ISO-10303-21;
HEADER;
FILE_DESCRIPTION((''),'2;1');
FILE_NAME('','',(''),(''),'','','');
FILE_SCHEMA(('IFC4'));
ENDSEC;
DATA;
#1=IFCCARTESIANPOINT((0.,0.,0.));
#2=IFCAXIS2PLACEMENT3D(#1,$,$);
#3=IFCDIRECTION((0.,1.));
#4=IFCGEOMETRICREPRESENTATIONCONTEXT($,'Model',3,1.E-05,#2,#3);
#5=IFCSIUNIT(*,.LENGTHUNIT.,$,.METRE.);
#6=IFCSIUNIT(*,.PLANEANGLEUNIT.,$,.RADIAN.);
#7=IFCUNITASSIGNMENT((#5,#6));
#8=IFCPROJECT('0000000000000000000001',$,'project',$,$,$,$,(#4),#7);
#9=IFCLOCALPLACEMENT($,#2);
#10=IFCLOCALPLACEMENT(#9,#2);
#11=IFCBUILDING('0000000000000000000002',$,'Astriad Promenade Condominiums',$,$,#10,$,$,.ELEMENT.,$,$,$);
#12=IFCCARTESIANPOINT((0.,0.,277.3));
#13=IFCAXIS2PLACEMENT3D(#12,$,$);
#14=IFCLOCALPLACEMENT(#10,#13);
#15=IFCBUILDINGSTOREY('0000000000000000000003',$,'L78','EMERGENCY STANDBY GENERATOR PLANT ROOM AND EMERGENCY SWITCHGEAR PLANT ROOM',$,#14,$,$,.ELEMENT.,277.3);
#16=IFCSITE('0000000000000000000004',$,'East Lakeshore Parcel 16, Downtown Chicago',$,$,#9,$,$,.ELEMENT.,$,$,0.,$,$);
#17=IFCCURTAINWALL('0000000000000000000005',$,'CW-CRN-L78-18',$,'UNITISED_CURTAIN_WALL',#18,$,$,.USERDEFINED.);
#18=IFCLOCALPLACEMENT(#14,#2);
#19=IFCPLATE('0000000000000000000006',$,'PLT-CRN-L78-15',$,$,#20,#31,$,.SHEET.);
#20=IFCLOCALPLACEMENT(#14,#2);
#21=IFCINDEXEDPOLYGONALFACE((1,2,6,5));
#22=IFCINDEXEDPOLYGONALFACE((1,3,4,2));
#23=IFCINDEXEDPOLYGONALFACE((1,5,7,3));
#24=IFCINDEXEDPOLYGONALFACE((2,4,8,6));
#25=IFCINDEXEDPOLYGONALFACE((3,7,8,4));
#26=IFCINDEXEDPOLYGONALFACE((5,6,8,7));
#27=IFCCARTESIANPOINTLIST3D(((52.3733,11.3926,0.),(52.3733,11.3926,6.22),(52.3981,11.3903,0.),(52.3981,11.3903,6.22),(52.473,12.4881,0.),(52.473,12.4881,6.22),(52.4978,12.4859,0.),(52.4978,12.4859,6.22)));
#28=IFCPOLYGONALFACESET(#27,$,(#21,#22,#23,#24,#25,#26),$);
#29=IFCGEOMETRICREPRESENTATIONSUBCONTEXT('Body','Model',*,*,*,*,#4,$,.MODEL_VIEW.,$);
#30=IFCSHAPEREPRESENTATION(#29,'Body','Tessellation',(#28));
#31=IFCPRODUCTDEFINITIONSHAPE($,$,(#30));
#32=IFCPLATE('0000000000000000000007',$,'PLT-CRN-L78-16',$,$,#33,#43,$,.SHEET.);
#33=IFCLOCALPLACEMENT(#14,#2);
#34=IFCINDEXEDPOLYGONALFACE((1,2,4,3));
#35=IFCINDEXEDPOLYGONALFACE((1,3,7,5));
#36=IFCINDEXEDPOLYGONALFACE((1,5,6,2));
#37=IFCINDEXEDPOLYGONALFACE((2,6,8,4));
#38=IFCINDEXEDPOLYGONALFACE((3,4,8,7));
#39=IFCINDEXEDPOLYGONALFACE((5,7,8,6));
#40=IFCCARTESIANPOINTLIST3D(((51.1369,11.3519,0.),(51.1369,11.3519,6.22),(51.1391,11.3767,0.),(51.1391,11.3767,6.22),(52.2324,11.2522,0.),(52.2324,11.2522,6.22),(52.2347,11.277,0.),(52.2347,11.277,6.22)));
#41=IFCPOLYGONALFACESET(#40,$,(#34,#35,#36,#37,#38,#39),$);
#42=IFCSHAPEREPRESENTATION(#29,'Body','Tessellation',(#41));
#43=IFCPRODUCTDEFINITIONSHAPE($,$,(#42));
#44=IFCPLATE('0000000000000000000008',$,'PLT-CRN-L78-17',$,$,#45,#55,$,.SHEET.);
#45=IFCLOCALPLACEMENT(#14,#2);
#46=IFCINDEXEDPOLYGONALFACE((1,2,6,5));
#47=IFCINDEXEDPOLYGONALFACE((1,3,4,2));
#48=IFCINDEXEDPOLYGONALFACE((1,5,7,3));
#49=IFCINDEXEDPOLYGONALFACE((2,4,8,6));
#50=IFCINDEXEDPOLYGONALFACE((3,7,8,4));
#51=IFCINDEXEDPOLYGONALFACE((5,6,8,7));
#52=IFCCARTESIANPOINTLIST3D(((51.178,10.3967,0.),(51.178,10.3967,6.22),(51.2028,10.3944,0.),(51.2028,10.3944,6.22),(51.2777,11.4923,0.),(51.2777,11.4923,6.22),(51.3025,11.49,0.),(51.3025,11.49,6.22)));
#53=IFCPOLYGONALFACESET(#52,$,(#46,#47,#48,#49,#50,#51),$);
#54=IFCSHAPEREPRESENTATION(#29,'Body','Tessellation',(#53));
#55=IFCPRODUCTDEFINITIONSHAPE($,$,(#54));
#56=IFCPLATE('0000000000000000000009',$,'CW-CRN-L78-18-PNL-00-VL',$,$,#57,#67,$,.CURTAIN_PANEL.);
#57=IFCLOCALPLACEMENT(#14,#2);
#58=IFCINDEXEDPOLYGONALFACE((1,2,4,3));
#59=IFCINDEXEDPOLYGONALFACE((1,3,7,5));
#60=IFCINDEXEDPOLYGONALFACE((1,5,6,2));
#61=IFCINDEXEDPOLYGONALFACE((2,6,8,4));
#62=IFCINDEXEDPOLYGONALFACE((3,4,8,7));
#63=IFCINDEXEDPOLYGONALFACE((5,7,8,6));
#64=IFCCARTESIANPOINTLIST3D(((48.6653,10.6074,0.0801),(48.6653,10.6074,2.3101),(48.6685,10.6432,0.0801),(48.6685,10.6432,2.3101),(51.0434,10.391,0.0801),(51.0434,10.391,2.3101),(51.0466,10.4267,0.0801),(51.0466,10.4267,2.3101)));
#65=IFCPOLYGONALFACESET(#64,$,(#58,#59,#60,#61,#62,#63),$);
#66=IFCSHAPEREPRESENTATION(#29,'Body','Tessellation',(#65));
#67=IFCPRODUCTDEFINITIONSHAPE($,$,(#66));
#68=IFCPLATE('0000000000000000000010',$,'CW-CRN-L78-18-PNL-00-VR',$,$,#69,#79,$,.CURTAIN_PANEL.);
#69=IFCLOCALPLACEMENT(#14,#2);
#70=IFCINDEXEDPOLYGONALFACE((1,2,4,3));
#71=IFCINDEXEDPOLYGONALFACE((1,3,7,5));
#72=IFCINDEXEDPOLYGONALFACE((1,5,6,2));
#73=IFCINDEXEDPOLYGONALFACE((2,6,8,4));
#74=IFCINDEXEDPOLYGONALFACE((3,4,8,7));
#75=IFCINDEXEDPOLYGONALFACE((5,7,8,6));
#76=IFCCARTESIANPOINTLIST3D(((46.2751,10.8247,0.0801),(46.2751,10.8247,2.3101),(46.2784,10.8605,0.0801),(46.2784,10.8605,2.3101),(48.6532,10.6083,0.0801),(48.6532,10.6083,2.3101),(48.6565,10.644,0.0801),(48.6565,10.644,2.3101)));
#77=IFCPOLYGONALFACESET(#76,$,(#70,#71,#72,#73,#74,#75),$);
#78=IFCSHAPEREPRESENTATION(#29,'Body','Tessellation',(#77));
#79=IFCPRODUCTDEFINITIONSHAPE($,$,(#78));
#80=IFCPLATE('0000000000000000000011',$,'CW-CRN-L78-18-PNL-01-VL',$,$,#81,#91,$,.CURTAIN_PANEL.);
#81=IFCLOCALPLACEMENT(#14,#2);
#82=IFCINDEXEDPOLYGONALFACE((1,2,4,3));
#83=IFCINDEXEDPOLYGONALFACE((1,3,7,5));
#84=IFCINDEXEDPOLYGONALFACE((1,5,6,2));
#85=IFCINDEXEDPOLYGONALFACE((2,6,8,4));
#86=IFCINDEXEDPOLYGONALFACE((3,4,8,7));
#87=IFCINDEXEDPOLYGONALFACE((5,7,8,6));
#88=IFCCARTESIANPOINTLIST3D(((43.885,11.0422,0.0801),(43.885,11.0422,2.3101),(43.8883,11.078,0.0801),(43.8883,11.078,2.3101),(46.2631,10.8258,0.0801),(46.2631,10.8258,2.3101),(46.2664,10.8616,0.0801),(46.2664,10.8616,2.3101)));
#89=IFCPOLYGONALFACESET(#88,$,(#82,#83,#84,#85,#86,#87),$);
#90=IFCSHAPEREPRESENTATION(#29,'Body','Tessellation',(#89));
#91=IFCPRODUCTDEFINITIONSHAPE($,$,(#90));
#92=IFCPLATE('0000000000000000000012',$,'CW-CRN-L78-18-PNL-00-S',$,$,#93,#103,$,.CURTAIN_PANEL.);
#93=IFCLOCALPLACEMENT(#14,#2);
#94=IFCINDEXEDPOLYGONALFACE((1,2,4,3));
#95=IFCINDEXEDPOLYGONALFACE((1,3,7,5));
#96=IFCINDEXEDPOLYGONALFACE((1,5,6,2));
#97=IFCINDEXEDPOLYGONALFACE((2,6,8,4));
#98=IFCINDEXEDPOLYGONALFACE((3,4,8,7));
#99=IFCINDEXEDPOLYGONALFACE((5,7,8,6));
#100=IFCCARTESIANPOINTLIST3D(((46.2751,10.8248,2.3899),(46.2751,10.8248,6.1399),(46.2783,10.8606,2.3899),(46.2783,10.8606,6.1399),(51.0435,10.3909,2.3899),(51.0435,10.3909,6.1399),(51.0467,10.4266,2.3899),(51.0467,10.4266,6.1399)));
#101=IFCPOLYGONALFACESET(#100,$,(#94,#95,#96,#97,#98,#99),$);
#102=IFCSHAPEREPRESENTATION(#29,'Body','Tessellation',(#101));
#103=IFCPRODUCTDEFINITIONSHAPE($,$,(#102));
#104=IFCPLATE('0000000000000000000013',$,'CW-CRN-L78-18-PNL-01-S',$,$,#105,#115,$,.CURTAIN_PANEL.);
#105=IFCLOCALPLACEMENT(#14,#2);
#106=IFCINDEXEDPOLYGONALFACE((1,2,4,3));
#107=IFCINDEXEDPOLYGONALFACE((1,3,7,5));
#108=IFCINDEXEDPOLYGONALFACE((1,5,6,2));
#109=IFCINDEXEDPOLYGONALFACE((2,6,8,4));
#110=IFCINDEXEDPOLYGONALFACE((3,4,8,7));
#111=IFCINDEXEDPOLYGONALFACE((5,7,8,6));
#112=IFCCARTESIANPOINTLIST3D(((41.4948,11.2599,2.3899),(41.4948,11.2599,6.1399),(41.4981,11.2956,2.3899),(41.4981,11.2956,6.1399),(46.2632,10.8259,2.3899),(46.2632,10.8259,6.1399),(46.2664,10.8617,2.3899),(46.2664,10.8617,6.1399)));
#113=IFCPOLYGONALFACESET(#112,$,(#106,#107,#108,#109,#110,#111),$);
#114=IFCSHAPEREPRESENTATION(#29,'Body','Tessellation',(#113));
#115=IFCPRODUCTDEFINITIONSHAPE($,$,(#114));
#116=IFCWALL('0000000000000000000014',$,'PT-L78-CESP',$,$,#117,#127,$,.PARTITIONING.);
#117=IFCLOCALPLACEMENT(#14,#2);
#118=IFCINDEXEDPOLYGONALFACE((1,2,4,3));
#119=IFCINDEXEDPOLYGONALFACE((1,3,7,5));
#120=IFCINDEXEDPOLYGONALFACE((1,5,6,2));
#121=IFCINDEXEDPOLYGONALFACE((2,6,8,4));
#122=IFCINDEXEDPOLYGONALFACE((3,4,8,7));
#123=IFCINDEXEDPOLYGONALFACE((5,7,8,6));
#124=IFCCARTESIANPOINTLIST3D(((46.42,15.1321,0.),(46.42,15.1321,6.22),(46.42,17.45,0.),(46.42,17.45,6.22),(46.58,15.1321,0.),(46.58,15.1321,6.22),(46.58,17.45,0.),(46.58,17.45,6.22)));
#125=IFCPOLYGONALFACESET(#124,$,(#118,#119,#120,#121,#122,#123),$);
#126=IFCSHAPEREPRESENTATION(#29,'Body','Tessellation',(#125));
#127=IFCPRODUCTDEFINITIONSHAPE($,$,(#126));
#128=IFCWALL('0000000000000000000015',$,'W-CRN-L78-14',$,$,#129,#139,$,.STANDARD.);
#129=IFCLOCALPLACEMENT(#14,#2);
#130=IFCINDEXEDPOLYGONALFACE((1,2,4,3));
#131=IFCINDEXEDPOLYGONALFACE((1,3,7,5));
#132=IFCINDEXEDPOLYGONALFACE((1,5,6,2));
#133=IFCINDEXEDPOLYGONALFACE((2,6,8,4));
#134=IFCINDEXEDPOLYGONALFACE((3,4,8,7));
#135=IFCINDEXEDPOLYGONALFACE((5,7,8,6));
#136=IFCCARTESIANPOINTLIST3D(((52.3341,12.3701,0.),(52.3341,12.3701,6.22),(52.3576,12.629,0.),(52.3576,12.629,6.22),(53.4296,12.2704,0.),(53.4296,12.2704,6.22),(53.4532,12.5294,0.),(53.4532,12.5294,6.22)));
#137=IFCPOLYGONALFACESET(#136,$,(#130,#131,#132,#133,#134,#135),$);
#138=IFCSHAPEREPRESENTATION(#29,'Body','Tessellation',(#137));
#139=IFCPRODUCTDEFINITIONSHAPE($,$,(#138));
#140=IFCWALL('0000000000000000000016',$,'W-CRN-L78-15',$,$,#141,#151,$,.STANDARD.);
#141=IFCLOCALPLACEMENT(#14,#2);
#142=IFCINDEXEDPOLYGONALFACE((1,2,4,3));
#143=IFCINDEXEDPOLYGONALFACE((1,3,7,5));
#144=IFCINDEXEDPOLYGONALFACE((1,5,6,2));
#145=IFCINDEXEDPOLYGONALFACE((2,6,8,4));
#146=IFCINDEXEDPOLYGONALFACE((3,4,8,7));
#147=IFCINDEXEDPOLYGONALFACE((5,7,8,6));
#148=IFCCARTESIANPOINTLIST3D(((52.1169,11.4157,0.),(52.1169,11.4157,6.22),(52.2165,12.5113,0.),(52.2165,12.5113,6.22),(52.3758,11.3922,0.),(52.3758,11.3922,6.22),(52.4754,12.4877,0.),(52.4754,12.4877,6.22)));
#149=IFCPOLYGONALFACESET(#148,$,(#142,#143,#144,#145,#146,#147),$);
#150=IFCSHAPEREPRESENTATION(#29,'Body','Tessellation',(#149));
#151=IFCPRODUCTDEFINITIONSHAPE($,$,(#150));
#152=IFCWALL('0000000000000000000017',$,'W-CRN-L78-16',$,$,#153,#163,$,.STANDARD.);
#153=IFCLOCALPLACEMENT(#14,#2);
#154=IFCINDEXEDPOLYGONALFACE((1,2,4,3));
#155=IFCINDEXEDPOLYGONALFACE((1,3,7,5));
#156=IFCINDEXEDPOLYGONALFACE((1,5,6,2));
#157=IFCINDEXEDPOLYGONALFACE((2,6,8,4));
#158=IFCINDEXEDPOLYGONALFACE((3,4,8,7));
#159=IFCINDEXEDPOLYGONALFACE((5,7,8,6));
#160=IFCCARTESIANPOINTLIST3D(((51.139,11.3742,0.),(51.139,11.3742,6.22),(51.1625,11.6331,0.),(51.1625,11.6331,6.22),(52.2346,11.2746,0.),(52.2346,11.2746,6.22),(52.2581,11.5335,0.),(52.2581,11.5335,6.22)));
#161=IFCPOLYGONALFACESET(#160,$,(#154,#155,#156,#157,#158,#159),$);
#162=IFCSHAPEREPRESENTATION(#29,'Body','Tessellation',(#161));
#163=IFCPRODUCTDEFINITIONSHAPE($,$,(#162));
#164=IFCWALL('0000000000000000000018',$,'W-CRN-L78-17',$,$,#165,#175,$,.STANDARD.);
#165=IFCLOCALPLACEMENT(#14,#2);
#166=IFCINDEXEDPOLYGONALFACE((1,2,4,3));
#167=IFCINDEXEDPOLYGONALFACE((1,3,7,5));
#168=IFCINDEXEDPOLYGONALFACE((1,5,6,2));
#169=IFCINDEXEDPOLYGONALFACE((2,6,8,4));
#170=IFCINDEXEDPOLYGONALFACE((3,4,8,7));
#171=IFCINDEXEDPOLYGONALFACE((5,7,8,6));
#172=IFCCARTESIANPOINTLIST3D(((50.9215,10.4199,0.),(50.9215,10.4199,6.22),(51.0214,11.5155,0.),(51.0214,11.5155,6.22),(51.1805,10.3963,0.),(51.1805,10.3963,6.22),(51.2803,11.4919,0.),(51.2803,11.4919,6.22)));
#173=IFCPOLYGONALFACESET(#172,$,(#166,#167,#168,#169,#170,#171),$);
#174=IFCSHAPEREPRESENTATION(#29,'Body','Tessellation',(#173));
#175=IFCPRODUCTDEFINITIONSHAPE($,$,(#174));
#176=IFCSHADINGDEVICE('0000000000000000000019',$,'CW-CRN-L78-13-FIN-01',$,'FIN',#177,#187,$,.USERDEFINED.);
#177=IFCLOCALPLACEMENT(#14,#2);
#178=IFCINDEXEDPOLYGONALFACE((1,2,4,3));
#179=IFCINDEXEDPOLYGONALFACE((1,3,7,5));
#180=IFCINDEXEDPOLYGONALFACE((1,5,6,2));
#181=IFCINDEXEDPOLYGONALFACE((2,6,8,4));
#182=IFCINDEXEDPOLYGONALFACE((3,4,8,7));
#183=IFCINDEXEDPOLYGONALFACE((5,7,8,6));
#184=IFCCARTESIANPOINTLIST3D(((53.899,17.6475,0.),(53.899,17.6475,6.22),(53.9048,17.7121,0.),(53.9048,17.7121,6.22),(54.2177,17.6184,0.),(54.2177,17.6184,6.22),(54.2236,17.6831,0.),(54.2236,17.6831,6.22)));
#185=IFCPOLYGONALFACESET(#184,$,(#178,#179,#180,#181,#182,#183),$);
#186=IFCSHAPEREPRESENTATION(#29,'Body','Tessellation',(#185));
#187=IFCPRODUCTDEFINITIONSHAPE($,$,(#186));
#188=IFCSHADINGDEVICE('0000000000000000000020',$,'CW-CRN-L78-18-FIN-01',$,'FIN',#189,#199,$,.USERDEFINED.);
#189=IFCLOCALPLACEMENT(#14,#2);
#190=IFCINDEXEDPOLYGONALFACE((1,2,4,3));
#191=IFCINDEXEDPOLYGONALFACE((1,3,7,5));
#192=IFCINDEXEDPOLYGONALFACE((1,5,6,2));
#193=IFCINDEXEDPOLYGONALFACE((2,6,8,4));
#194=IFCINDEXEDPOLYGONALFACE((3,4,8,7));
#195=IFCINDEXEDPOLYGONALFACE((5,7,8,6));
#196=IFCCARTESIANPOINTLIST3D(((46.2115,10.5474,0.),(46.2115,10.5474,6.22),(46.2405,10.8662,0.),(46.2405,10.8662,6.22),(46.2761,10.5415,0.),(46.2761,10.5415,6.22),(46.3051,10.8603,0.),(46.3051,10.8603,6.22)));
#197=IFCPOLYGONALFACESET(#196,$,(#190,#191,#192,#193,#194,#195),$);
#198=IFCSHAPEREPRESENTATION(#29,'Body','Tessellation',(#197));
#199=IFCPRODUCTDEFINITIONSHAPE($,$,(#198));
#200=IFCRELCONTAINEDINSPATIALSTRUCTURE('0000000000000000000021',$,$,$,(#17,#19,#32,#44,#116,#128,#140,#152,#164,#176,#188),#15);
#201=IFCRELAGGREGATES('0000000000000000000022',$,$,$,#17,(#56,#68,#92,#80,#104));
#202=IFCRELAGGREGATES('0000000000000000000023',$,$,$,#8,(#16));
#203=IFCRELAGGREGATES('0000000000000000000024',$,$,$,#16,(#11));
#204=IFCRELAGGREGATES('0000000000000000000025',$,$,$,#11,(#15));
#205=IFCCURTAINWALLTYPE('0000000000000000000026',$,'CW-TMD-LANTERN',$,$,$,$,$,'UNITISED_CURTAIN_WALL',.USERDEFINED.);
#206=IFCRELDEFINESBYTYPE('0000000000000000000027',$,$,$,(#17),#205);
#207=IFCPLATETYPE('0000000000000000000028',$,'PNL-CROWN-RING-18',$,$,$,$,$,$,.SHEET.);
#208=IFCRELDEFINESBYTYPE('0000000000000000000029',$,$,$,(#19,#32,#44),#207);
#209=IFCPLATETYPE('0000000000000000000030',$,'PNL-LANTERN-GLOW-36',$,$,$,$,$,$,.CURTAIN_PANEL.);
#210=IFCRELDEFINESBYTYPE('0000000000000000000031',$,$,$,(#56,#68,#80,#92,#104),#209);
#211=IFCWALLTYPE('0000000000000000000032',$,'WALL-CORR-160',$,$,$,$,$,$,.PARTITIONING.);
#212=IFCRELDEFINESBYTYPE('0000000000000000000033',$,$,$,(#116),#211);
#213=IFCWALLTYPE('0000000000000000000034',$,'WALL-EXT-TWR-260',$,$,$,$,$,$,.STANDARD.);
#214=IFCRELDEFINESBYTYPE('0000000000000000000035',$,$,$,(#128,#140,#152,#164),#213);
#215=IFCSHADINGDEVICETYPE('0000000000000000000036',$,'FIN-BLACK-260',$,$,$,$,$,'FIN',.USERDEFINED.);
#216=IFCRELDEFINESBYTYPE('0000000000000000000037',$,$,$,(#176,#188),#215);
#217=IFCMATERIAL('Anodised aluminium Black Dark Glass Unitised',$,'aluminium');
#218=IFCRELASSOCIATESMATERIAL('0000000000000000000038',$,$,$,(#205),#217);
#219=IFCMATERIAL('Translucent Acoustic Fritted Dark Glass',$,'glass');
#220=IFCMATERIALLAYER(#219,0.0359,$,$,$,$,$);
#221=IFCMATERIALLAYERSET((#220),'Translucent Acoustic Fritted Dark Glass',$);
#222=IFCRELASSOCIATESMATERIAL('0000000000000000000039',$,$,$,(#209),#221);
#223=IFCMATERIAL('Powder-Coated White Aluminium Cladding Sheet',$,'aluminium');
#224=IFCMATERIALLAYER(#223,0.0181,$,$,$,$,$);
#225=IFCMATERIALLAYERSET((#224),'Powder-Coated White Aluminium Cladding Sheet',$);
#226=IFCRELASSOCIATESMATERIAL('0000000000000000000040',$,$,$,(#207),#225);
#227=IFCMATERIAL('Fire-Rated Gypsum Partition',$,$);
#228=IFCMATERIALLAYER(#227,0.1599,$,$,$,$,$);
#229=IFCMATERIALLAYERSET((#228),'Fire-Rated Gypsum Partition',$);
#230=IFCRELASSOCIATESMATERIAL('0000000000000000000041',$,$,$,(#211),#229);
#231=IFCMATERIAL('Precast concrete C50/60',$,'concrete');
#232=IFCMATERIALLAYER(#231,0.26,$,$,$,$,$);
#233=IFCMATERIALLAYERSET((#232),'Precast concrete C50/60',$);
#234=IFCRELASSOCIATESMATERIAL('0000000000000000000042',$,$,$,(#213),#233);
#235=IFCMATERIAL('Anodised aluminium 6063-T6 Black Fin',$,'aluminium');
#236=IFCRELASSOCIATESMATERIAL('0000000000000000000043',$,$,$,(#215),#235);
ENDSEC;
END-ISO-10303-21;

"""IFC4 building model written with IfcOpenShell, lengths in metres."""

from ifc_helpers import new_model, si_unit, direction, frame, frame_2d, origin, origin_2d, place, context, subcontext, project, spatial, rectangle, extrude, source, transform, mapped, material, layer, layer_set, type_object, type_shapes, element, aggregate, save


model = new_model("IFC4")

# Units and contexts
model_context = context("Model", 3, precision=1e-05, world=origin(), true_north=direction((0.0, 1.0)))
body_context = subcontext(model_context, "Body", "Model", "MODEL_VIEW")
ifc_project = project(units=[si_unit("LENGTHUNIT", "METRE"), si_unit("PLANEANGLEUNIT", "RADIAN")], contexts=[model_context])

# Site, building, storey
site_placement = place(None, origin())
site = spatial("IfcSite", under=ifc_project, at=site_placement, Name="East Lakeshore Parcel 16, Downtown Chicago", CompositionType="ELEMENT", RefElevation=0.0)
building_placement = place(site_placement, origin())
building = spatial("IfcBuilding", under=site, at=building_placement, Name="Astriad Promenade Condominiums", CompositionType="ELEMENT")
storey_placement = place(building_placement, frame((0.0, 0.0, 277.3)))
storey = spatial("IfcBuildingStorey", under=building, at=storey_placement, Name="L78", Description="EMERGENCY STANDBY GENERATOR PLANT ROOM AND EMERGENCY SWITCHGEAR PLANT ROOM", CompositionType="ELEMENT", Elevation=277.3)

# Curtain wall
ifc_material_1 = material(Name="Anodised aluminium Black Dark Glass Unitised", Category="aluminium")
curtain_wall_type = type_object("IfcCurtainWallType", Name="CW-TMD-LANTERN", ElementType="UNITISED_CURTAIN_WALL", PredefinedType="USERDEFINED", material=ifc_material_1)
curtain_wall_1_placement = place(storey_placement, origin())
curtain_wall_1 = element("IfcCurtainWall", 1, at=curtain_wall_1_placement, inside=storey, type_object=curtain_wall_type, Name="CW-CRN-L78-18", ObjectType="UNITISED_CURTAIN_WALL", PredefinedType="USERDEFINED")

# Shared definitions
ifc_material_2 = material(Name="Translucent Acoustic Fritted Dark Glass", Category="glass")
ifc_layer_1 = layer(ifc_material_2, 0.0359)
ifc_layer_set_1 = layer_set([ifc_layer_1], Name="Translucent Acoustic Fritted Dark Glass")
plate_type_1 = type_object("IfcPlateType", Name="PNL-LANTERN-GLOW-36", PredefinedType="CURTAIN_PANEL", material=ifc_layer_set_1)

# Plates
ifc_material_3 = material(Name="Powder-Coated White Aluminium Cladding Sheet", Category="aluminium")
ifc_layer_2 = layer(ifc_material_3, 0.0181)
ifc_layer_set_2 = layer_set([ifc_layer_2], Name="Powder-Coated White Aluminium Cladding Sheet")
plate_type_2 = type_object("IfcPlateType", Name="PNL-CROWN-RING-18", PredefinedType="SHEET", material=ifc_layer_set_2)
shared_shape_1 = source(origin(), body_context, "Body", "SweptSolid", [
    extrude(rectangle(XDim=1.1001, YDim=0.0249, at=origin_2d()), origin(), (0.0, 0.0, 1.0), 6.22),
])
type_shapes(plate_type_2, [shared_shape_1])
for number, where, z_axis, x_axis, name in (
    (2, (52.4355, 11.9392, 0.0), (0.0, 0.0, 1.0), (-0.090633, -0.995884, 0.0), "PLT-CRN-L78-15"),
    (3, (51.6858, 11.3145, 0.0), (0.0, 0.0, 1.0), (-0.995884, 0.090633, 0.0), "PLT-CRN-L78-16"),
    (4, (51.2402, 10.9434, 0.0), (0.0, 0.0, 1.0), (-0.090633, -0.995884, 0.0), "PLT-CRN-L78-17"),
):
    element("IfcPlate", number, at=place(storey_placement, frame(where, z_axis=z_axis, x_axis=x_axis)), inside=storey, type_object=plate_type_2, Name=name, PredefinedType="SHEET", context=body_context, shape_type="MappedRepresentation", body=[
        mapped(shared_shape_1, transform((0.0, 0.0, 0.0), scale=1.0)),
    ])

# Plates
shared_shape_2 = source(origin(), body_context, "Body", "SweptSolid", [
    extrude(rectangle(XDim=2.3879, YDim=0.0359, at=origin_2d()), origin(), (0.0, 0.0, 1.0), 2.23),
])
plate_1_placement = place(storey_placement, frame((49.856, 10.5171, 0.0801), z_axis=(0.0, 0.0, 1.0), x_axis=(-0.995884, 0.090633, 0.0)))
plate_1 = element("IfcPlate", 5, at=plate_1_placement, type_object=plate_type_1, Name="CW-CRN-L78-18-PNL-00-VL", PredefinedType="CURTAIN_PANEL", context=body_context, shape_type="MappedRepresentation", body=[
    mapped(shared_shape_2, transform((0.0, 0.0, 0.0), scale=1.0)),
])
plate_2_placement = place(storey_placement, frame((47.4658, 10.7344, 0.0801), z_axis=(0.0, 0.0, 1.0), x_axis=(-0.995884, 0.090633, 0.0)))
plate_2 = element("IfcPlate", 6, at=plate_2_placement, type_object=plate_type_1, Name="CW-CRN-L78-18-PNL-00-VR", PredefinedType="CURTAIN_PANEL", context=body_context, shape_type="MappedRepresentation", body=[
    mapped(shared_shape_2, transform((0.0, 0.0, 0.0), scale=1.0)),
])
plate_3_placement = place(storey_placement, frame((45.0757, 10.9519, 0.0801), z_axis=(0.0, 0.0, 1.0), x_axis=(-0.995884, 0.090633, 0.0)))
plate_3 = element("IfcPlate", 7, at=plate_3_placement, type_object=plate_type_1, Name="CW-CRN-L78-18-PNL-01-VL", PredefinedType="CURTAIN_PANEL", context=body_context, shape_type="MappedRepresentation", body=[
    mapped(shared_shape_2, transform((0.0, 0.0, 0.0), scale=1.0)),
])
shared_shape_3 = source(origin(), body_context, "Body", "SweptSolid", [
    extrude(rectangle(XDim=4.7881, YDim=0.0359, at=origin_2d()), origin(), (0.0, 0.0, 1.0), 3.75),
])
plate_4_placement = place(storey_placement, frame((48.6609, 10.6257, 2.3899), z_axis=(0.0, 0.0, 1.0), x_axis=(-0.995884, 0.090633, 0.0)))
plate_4 = element("IfcPlate", 8, at=plate_4_placement, type_object=plate_type_1, Name="CW-CRN-L78-18-PNL-00-S", PredefinedType="CURTAIN_PANEL", context=body_context, shape_type="MappedRepresentation", body=[
    mapped(shared_shape_3, transform((0.0, 0.0, 0.0), scale=1.0)),
])
plate_5_placement = place(storey_placement, frame((43.8806, 11.0608, 2.3899), z_axis=(0.0, 0.0, 1.0), x_axis=(-0.995884, 0.090633, 0.0)))
plate_5 = element("IfcPlate", 9, at=plate_5_placement, type_object=plate_type_1, Name="CW-CRN-L78-18-PNL-01-S", PredefinedType="CURTAIN_PANEL", context=body_context, shape_type="MappedRepresentation", body=[
    mapped(shared_shape_3, transform((0.0, 0.0, 0.0), scale=1.0)),
])
aggregate(curtain_wall_1, [plate_1, plate_2, plate_4, plate_3, plate_5])

# Walls
ifc_material_4 = material(Name="Fire-Rated Gypsum Partition")
ifc_layer_3 = layer(ifc_material_4, 0.1599)
ifc_layer_set_3 = layer_set([ifc_layer_3], Name="Fire-Rated Gypsum Partition")
wall_type_1 = type_object("IfcWallType", Name="WALL-CORR-160", PredefinedType="PARTITIONING", material=ifc_layer_set_3)
wall_placement = place(storey_placement, frame((46.5, 15.1321, 0.0), z_axis=(0.0, 0.0, 1.0), x_axis=(0.0, 1.0, 0.0)))
element("IfcWall", 10, at=wall_placement, inside=storey, type_object=wall_type_1, Name="PT-L78-CESP", PredefinedType="PARTITIONING", context=body_context, shape_type="SweptSolid", body=[
    extrude(rectangle(XDim=2.3179, YDim=0.1599, at=frame_2d((1.1589, 0.0))), origin(), (0.0, 0.0, 1.0), 6.22),
])
ifc_material_5 = material(Name="Precast concrete C50/60", Category="concrete")
ifc_layer_4 = layer(ifc_material_5, 0.26)
ifc_layer_set_4 = layer_set([ifc_layer_4], Name="Precast concrete C50/60")
wall_type_2 = type_object("IfcWallType", Name="WALL-EXT-TWR-260", PredefinedType="STANDARD", material=ifc_layer_set_4)
for number, where, z_axis, x_axis, name in (
    (11, (53.4414, 12.3999, 0.0), (0.0, 0.0, 1.0), (-0.995891, 0.090556, 0.0), "W-CRN-L78-14"),
    (12, (52.3459, 12.4995, 0.0), (0.0, 0.0, 1.0), (-0.090556, -0.995891, 0.0), "W-CRN-L78-15"),
    (13, (52.2463, 11.4041, 0.0), (0.0, 0.0, 1.0), (-0.995891, 0.090556, 0.0), "W-CRN-L78-16"),
    (14, (51.1509, 11.5037, 0.0), (0.0, 0.0, 1.0), (-0.090776, -0.995871, 0.0), "W-CRN-L78-17"),
):
    element("IfcWall", number, at=place(storey_placement, frame(where, z_axis=z_axis, x_axis=x_axis)), inside=storey, type_object=wall_type_2, Name=name, PredefinedType="STANDARD", context=body_context, shape_type="SweptSolid", body=[
        extrude(rectangle(XDim=1.1001, YDim=0.26, at=frame_2d((0.55, 0.0))), origin(), (0.0, 0.0, 1.0), 6.22),
    ])

# Shading devices
ifc_material_6 = material(Name="Anodised aluminium 6063-T6 Black Fin", Category="aluminium")
shading_device_type_1 = type_object("IfcShadingDeviceType", Name="FIN-BLACK-260", ElementType="FIN", PredefinedType="USERDEFINED", material=ifc_material_6)
shared_shape_4 = source(origin(), body_context, "Body", "SweptSolid", [
    extrude(rectangle(XDim=0.0649, YDim=0.3201, at=origin_2d()), origin(), (0.0, 0.0, 1.0), 6.22),
])
type_shapes(shading_device_type_1, [shared_shape_4])
for number, where, z_axis, x_axis, name in (
    (15, (54.0613, 17.6653, 0.0), (0.0, 0.0, 1.0), (-0.090633, -0.995884, 0.0), "CW-CRN-L78-13-FIN-01"),
    (16, (46.2583, 10.7039, 0.0), (0.0, 0.0, 1.0), (-0.995884, 0.090633, 0.0), "CW-CRN-L78-18-FIN-01"),
):
    element("IfcShadingDevice", number, at=place(storey_placement, frame(where, z_axis=z_axis, x_axis=x_axis)), inside=storey, type_object=shading_device_type_1, Name=name, ObjectType="FIN", PredefinedType="USERDEFINED", context=body_context, shape_type="MappedRepresentation", body=[
        mapped(shared_shape_4, transform((0.0, 0.0, 0.0), scale=1.0)),
    ])

save(model, "model.ifc")
